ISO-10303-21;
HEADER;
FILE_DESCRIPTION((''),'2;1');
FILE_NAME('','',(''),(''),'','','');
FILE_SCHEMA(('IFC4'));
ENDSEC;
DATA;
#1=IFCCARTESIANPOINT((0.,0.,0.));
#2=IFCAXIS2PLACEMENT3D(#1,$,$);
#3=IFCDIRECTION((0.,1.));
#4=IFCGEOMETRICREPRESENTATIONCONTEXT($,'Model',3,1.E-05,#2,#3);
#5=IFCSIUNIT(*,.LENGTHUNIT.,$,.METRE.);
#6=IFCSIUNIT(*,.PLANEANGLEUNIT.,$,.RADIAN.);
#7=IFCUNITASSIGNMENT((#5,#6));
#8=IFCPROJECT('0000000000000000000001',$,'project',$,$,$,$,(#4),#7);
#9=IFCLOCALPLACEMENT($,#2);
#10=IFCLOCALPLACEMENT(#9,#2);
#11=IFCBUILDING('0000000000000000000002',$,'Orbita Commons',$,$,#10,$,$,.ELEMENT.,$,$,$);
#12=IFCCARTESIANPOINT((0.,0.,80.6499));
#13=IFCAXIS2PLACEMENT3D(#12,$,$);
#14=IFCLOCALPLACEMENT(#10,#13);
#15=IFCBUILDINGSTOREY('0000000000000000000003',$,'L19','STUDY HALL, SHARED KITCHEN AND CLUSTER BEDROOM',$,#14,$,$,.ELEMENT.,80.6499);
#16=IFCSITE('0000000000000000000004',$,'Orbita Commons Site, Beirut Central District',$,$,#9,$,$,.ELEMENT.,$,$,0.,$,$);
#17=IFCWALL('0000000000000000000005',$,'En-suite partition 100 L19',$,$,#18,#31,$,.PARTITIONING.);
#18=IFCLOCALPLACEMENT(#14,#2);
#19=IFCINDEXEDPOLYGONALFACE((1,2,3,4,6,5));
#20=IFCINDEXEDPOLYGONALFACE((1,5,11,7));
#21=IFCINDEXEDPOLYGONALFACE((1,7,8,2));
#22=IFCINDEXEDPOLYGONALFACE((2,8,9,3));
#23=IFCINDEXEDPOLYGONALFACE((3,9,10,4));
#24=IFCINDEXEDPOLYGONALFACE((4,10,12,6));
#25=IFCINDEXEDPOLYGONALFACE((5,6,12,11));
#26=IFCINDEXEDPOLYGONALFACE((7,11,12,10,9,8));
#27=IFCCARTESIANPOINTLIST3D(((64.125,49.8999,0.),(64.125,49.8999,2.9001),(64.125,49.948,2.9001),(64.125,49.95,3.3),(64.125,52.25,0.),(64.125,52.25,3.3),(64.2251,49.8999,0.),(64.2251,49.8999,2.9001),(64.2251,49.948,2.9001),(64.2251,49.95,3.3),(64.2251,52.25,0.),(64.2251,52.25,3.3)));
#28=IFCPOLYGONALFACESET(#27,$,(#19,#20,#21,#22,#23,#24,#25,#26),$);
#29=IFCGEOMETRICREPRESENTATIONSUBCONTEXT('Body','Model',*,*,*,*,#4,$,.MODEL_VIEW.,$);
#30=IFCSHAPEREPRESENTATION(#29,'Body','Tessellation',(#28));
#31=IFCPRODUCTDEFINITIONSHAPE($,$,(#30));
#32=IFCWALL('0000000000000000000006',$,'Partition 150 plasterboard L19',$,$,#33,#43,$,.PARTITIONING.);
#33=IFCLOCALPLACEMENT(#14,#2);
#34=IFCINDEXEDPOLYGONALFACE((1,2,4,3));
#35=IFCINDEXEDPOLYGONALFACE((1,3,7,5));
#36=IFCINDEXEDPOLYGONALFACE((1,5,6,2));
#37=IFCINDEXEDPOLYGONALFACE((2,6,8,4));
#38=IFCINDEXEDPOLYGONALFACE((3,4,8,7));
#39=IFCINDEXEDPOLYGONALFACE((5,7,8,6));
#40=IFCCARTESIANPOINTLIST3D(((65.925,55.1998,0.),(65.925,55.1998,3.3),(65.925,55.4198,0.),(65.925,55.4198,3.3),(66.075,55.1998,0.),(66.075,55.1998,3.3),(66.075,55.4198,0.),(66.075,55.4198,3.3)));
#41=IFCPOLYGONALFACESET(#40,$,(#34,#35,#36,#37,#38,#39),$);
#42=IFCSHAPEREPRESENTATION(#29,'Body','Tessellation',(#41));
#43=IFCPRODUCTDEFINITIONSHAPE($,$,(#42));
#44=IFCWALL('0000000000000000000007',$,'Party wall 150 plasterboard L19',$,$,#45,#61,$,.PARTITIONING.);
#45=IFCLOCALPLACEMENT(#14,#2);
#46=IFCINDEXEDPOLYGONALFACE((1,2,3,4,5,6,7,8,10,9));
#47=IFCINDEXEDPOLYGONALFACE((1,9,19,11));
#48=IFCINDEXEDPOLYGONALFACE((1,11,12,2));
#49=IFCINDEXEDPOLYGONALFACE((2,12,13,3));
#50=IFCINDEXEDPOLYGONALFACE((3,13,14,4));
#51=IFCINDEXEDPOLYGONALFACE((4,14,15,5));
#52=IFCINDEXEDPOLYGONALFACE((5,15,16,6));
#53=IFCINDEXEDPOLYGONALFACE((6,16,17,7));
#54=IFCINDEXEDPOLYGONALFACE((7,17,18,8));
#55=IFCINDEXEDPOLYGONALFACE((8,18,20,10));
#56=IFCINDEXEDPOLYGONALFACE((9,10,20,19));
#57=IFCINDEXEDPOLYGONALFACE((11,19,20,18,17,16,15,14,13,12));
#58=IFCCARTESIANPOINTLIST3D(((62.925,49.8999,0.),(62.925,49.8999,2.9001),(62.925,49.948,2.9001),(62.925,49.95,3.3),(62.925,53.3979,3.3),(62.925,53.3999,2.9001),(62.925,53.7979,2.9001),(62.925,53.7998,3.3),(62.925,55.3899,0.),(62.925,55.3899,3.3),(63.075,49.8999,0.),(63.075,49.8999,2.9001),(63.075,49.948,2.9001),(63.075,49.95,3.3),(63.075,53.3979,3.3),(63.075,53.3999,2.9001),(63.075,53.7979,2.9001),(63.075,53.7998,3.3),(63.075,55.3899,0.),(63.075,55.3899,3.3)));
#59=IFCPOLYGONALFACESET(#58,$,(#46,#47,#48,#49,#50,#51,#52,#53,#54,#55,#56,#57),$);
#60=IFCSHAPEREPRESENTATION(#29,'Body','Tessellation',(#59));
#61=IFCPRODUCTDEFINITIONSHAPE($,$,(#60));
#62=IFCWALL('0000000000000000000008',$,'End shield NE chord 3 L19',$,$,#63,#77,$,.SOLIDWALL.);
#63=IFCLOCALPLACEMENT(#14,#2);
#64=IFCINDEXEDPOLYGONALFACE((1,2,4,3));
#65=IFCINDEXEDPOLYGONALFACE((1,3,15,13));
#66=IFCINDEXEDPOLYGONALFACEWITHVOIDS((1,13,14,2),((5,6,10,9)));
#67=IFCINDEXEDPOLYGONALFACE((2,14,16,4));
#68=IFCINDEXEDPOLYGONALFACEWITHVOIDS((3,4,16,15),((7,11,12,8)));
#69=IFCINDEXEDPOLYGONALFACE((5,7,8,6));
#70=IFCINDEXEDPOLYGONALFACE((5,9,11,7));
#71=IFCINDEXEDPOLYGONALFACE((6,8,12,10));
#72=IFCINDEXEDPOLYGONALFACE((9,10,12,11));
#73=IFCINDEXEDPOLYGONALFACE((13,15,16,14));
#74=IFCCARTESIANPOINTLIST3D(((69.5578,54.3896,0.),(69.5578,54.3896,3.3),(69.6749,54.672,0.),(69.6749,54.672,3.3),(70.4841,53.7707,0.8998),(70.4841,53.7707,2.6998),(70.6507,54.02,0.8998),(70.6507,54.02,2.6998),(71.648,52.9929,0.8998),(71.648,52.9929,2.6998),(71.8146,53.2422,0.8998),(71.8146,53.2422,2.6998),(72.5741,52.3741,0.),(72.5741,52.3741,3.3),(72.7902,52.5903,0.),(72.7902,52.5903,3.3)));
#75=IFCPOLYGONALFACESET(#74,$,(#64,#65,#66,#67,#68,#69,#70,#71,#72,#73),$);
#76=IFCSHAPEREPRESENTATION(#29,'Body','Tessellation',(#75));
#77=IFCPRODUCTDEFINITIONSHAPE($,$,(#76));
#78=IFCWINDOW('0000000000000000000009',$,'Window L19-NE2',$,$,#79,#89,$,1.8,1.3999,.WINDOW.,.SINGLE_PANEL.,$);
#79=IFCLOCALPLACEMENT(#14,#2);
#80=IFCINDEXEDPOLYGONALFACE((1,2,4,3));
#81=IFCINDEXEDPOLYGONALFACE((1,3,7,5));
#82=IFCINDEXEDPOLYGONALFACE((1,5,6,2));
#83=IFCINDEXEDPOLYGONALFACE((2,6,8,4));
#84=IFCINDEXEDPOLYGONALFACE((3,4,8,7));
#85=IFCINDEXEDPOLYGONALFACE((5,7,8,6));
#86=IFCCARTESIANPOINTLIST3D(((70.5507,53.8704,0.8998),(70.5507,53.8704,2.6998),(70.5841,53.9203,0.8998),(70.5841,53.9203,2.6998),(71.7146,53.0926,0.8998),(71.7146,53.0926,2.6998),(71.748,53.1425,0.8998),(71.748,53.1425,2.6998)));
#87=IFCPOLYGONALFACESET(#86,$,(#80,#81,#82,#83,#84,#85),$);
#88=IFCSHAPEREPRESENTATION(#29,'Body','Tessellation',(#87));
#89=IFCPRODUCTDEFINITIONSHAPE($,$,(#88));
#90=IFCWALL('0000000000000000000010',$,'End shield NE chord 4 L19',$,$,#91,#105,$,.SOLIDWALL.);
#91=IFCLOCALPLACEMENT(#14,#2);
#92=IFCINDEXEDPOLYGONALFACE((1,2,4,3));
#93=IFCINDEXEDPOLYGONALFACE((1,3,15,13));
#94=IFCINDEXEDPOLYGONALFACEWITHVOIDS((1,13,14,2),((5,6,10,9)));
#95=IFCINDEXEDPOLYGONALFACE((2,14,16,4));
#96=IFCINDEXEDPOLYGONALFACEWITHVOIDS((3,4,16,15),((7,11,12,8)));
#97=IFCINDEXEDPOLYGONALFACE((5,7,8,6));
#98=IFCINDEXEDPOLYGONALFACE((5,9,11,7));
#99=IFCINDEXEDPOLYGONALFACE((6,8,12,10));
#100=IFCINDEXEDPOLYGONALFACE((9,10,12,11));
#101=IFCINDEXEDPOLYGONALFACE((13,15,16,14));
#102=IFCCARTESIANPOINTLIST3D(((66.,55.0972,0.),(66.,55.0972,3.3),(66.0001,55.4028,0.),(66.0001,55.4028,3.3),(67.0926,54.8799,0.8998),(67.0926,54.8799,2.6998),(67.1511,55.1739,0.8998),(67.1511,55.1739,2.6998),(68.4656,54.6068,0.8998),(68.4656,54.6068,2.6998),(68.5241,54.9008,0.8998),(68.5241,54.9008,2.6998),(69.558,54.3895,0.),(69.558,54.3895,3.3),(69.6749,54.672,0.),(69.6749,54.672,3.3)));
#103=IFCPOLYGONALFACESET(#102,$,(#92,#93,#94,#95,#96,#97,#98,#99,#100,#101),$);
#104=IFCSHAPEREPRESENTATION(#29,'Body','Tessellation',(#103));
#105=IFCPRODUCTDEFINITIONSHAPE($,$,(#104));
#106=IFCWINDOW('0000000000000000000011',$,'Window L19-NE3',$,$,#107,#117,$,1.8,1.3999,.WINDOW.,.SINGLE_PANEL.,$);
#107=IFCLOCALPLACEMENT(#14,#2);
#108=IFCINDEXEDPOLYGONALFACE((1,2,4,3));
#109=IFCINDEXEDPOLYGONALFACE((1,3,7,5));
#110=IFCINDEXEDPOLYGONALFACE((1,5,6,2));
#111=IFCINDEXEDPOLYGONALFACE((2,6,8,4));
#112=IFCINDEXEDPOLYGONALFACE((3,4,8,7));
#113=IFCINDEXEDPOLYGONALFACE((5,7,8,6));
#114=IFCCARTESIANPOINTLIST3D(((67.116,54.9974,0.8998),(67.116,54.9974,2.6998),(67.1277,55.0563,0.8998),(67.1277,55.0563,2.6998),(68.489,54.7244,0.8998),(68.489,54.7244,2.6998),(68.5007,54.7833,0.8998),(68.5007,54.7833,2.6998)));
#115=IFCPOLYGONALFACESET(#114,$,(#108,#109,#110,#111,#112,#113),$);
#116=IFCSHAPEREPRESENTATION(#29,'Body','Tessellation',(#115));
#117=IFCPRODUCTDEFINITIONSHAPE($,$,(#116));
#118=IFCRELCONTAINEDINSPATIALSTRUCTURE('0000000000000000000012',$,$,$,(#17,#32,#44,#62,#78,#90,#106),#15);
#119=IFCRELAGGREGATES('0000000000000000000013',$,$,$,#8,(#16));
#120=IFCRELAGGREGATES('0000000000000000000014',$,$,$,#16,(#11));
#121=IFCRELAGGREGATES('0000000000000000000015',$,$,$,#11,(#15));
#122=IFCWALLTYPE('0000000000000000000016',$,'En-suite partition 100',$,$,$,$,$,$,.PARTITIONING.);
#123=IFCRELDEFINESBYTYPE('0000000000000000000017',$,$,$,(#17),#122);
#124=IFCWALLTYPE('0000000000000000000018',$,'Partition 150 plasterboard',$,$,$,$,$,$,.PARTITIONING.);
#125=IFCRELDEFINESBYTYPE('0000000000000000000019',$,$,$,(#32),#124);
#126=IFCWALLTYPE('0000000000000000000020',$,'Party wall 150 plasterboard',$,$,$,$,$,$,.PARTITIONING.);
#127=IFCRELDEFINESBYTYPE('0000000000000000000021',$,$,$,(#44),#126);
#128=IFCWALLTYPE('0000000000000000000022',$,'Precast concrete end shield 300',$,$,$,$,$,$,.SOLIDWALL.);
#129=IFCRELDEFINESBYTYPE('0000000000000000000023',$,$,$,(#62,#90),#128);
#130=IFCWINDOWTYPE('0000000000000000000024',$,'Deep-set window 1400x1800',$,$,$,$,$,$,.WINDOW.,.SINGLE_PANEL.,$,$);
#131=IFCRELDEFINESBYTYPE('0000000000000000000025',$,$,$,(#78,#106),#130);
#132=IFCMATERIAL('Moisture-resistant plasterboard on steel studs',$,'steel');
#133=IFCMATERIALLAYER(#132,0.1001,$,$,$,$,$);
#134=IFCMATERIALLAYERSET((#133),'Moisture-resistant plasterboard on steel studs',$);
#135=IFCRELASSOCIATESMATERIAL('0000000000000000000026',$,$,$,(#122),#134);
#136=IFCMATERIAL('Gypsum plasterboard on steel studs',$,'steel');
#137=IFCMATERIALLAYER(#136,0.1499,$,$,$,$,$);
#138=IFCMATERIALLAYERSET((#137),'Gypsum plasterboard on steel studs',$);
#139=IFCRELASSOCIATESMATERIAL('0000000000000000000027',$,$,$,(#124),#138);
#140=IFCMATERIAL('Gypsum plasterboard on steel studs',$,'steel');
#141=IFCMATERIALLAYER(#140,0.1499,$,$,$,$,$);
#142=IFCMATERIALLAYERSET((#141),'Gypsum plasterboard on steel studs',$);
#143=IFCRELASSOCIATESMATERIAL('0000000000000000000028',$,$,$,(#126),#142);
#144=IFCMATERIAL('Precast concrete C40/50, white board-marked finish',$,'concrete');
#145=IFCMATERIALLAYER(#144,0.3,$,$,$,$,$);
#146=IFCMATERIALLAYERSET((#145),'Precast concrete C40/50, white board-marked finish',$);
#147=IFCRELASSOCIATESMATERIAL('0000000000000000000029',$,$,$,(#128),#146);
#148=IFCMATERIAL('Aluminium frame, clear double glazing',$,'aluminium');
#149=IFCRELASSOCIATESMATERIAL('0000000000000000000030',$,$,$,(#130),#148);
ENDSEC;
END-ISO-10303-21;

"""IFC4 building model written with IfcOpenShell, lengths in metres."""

from ifc_helpers import new_model, si_unit, direction, frame, frame_2d, origin, place, context, subcontext, project, spatial, polyline, rectangle, outline, extrude, material, layer, layer_set, type_object, element, fill, save


model = new_model("IFC4")

# Units and contexts
model_context = context("Model", 3, precision=1e-05, world=origin(), true_north=direction((0.0, 1.0)))
body_context = subcontext(model_context, "Body", "Model", "MODEL_VIEW")
ifc_project = project(units=[si_unit("LENGTHUNIT", "METRE"), si_unit("PLANEANGLEUNIT", "RADIAN")], contexts=[model_context])

# Site, building, storey
site_placement = place(None, origin())
site = spatial("IfcSite", under=ifc_project, at=site_placement, Name="Orbita Commons Site, Beirut Central District", CompositionType="ELEMENT", RefElevation=0.0)
building_placement = place(site_placement, origin())
building = spatial("IfcBuilding", under=site, at=building_placement, Name="Orbita Commons", CompositionType="ELEMENT")
storey_placement = place(building_placement, frame((0.0, 0.0, 80.6499)))
storey = spatial("IfcBuildingStorey", under=building, at=storey_placement, Name="L19", Description="STUDY HALL, SHARED KITCHEN AND CLUSTER BEDROOM", CompositionType="ELEMENT", Elevation=80.6499)

# Shared definitions
ifc_material_1 = material(Name="Moisture-resistant plasterboard on steel studs", Category="steel")
ifc_layer_1 = layer(ifc_material_1, 0.1001)
ifc_layer_set_1 = layer_set([ifc_layer_1], Name="Moisture-resistant plasterboard on steel studs")
wall_type_1 = type_object("IfcWallType", Name="En-suite partition 100", PredefinedType="PARTITIONING", material=ifc_layer_set_1)

# Walls
wall_1_placement = place(storey_placement, frame((64.175, 52.25, 0.0), z_axis=(0.0, 0.0, 1.0), x_axis=(0.0, -1.0, 0.0)))
element("IfcWall", 1, at=wall_1_placement, inside=storey, type_object=wall_type_1, Name="En-suite partition 100 L19", PredefinedType="PARTITIONING", context=body_context, shape_type="SweptSolid", body=[
    extrude(outline(polyline([(0.0, 0.0), (2.3501, 0.0), (2.3501, 2.9001), (2.302, 2.9001), (2.3, 3.3), (0.0, 3.3), (0.0, 0.0)])), frame((0.0, 0.05, 0.0), z_axis=(0.0, -1.0, 0.0), x_axis=(1.0, 0.0, 0.0)), (0.0, 0.0, 1.0), 0.1001),
])
ifc_material_2 = material(Name="Gypsum plasterboard on steel studs", Category="steel")
ifc_layer_2 = layer(ifc_material_2, 0.1499)
ifc_layer_set_2 = layer_set([ifc_layer_2], Name="Gypsum plasterboard on steel studs")
wall_type_2 = type_object("IfcWallType", Name="Partition 150 plasterboard", PredefinedType="PARTITIONING", material=ifc_layer_set_2)
wall_2_placement = place(storey_placement, frame((66.0, 55.2, 0.0), z_axis=(0.0, 0.0, 1.0), x_axis=(0.0, 1.0, 0.0)))
element("IfcWall", 2, at=wall_2_placement, inside=storey, type_object=wall_type_2, Name="Partition 150 plasterboard L19", PredefinedType="PARTITIONING", context=body_context, shape_type="SweptSolid", body=[
    extrude(rectangle(XDim=0.22, YDim=0.1499, at=frame_2d((0.1099, 0.0))), origin(), (0.0, 0.0, 1.0), 3.3),
])
ifc_material_3 = material(Name="Gypsum plasterboard on steel studs", Category="steel")
ifc_layer_3 = layer(ifc_material_3, 0.1499)
ifc_layer_set_3 = layer_set([ifc_layer_3], Name="Gypsum plasterboard on steel studs")
wall_type_3 = type_object("IfcWallType", Name="Party wall 150 plasterboard", PredefinedType="PARTITIONING", material=ifc_layer_set_3)
wall_3_placement = place(storey_placement, frame((63.0, 55.3899, 0.0), z_axis=(0.0, 0.0, 1.0), x_axis=(0.0, -1.0, 0.0)))
element("IfcWall", 3, at=wall_3_placement, inside=storey, type_object=wall_type_3, Name="Party wall 150 plasterboard L19", PredefinedType="PARTITIONING", context=body_context, shape_type="SweptSolid", body=[
    extrude(outline(polyline([(0.0, 0.0), (5.49, 0.0), (5.49, 2.9001), (5.4419, 2.9001), (5.4399, 3.3), (1.9919, 3.3), (1.99, 2.9001), (1.592, 2.9001), (1.5901, 3.3), (0.0, 3.3), (0.0, 0.0)])), frame((0.0, 0.075, 0.0), z_axis=(0.0, -1.0, 0.0), x_axis=(1.0, 0.0, 0.0)), (0.0, 0.0, 1.0), 0.1499),
])

# Walls, openings, windows
ifc_material_4 = material(Name="Precast concrete C40/50, white board-marked finish", Category="concrete")
ifc_layer_4 = layer(ifc_material_4, 0.3)
ifc_layer_set_4 = layer_set([ifc_layer_4], Name="Precast concrete C40/50, white board-marked finish")
wall_type_4 = type_object("IfcWallType", Name="Precast concrete end shield 300", PredefinedType="SOLIDWALL", material=ifc_layer_set_4)
wall_4_placement = place(storey_placement, frame((72.6821, 52.4822, 0.0), z_axis=(0.0, 0.0, 1.0), x_axis=(-0.831449, 0.555601, 0.0)))
wall_4 = element("IfcWall", 4, at=wall_4_placement, inside=storey, type_object=wall_type_4, Name="End shield NE chord 3 L19", PredefinedType="SOLIDWALL", context=body_context, shape_type="SweptSolid", body=[
    extrude(outline(polyline([(-0.0298, -0.1499), (3.717, -0.1499), (3.6575, 0.1499), (0.0298, 0.1499), (-0.0298, -0.1499)])), origin(), (0.0, 0.0, 1.0), 3.3),
])
opening_1_placement = place(wall_4_placement, frame((1.1436, 0.0, 0.8999)))
opening_1 = element("IfcOpeningElement", 5, at=opening_1_placement, cuts=wall_4, PredefinedType="OPENING", context=body_context, shape_type="SweptSolid", body=[
    extrude(rectangle(XDim=1.3999, YDim=1.8, at=frame_2d((0.7, 0.8999))), frame((0.0, 0.1599, 0.0), z_axis=(0.0, -1.0, 0.0), x_axis=(1.0, 0.0, 0.0)), (0.0, 0.0, 1.0), 0.3201),
])
ifc_material_5 = material(Name="Aluminium frame, clear double glazing", Category="aluminium")
window_type = type_object("IfcWindowType", Name="Deep-set window 1400x1800", PartitioningType="SINGLE_PANEL", PredefinedType="WINDOW", material=ifc_material_5)
window_1_placement = place(opening_1_placement, origin())
window_1 = element("IfcWindow", 6, at=window_1_placement, inside=storey, type_object=window_type, Name="Window L19-NE2", OverallHeight=1.8, OverallWidth=1.3999, PartitioningType="SINGLE_PANEL", PredefinedType="WINDOW", context=body_context, shape_type="SweptSolid", body=[
    extrude(rectangle(XDim=1.3999, YDim=1.8, at=frame_2d((0.7, 0.8999))), frame((0.0, 0.03, 0.0), z_axis=(0.0, -1.0, 0.0), x_axis=(1.0, 0.0, 0.0)), (0.0, 0.0, 1.0), 0.0601),
])
fill(opening_1, window_1)
wall_5_placement = place(storey_placement, frame((69.6165, 54.5308, 0.0), z_axis=(0.0, 0.0, 1.0), x_axis=(-0.980791, 0.195059, 0.0)))
wall_5 = element("IfcWall", 7, at=wall_5_placement, inside=storey, type_object=wall_type_4, Name="End shield NE chord 4 L19", PredefinedType="SOLIDWALL", context=body_context, shape_type="SweptSolid", body=[
    extrude(outline(polyline([(-0.0298, -0.1499), (3.717, -0.1499), (3.6575, 0.1499), (0.0298, 0.1499), (-0.0298, -0.1499)])), origin(), (0.0, 0.0, 1.0), 3.3),
])
opening_2_placement = place(wall_5_placement, frame((1.1436, 0.0, 0.8999)))
opening_2 = element("IfcOpeningElement", 8, at=opening_2_placement, cuts=wall_5, PredefinedType="OPENING", context=body_context, shape_type="SweptSolid", body=[
    extrude(rectangle(XDim=1.3999, YDim=1.8, at=frame_2d((0.7, 0.8999))), frame((0.0, 0.1599, 0.0), z_axis=(0.0, -1.0, 0.0), x_axis=(1.0, 0.0, 0.0)), (0.0, 0.0, 1.0), 0.3201),
])
window_2_placement = place(opening_2_placement, origin())
window_2 = element("IfcWindow", 9, at=window_2_placement, inside=storey, type_object=window_type, Name="Window L19-NE3", OverallHeight=1.8, OverallWidth=1.3999, PartitioningType="SINGLE_PANEL", PredefinedType="WINDOW", context=body_context, shape_type="SweptSolid", body=[
    extrude(rectangle(XDim=1.3999, YDim=1.8, at=frame_2d((0.7, 0.8999))), frame((0.0, 0.03, 0.0), z_axis=(0.0, -1.0, 0.0), x_axis=(1.0, 0.0, 0.0)), (0.0, 0.0, 1.0), 0.0601),
])
fill(opening_2, window_2)

save(model, "model.ifc")
